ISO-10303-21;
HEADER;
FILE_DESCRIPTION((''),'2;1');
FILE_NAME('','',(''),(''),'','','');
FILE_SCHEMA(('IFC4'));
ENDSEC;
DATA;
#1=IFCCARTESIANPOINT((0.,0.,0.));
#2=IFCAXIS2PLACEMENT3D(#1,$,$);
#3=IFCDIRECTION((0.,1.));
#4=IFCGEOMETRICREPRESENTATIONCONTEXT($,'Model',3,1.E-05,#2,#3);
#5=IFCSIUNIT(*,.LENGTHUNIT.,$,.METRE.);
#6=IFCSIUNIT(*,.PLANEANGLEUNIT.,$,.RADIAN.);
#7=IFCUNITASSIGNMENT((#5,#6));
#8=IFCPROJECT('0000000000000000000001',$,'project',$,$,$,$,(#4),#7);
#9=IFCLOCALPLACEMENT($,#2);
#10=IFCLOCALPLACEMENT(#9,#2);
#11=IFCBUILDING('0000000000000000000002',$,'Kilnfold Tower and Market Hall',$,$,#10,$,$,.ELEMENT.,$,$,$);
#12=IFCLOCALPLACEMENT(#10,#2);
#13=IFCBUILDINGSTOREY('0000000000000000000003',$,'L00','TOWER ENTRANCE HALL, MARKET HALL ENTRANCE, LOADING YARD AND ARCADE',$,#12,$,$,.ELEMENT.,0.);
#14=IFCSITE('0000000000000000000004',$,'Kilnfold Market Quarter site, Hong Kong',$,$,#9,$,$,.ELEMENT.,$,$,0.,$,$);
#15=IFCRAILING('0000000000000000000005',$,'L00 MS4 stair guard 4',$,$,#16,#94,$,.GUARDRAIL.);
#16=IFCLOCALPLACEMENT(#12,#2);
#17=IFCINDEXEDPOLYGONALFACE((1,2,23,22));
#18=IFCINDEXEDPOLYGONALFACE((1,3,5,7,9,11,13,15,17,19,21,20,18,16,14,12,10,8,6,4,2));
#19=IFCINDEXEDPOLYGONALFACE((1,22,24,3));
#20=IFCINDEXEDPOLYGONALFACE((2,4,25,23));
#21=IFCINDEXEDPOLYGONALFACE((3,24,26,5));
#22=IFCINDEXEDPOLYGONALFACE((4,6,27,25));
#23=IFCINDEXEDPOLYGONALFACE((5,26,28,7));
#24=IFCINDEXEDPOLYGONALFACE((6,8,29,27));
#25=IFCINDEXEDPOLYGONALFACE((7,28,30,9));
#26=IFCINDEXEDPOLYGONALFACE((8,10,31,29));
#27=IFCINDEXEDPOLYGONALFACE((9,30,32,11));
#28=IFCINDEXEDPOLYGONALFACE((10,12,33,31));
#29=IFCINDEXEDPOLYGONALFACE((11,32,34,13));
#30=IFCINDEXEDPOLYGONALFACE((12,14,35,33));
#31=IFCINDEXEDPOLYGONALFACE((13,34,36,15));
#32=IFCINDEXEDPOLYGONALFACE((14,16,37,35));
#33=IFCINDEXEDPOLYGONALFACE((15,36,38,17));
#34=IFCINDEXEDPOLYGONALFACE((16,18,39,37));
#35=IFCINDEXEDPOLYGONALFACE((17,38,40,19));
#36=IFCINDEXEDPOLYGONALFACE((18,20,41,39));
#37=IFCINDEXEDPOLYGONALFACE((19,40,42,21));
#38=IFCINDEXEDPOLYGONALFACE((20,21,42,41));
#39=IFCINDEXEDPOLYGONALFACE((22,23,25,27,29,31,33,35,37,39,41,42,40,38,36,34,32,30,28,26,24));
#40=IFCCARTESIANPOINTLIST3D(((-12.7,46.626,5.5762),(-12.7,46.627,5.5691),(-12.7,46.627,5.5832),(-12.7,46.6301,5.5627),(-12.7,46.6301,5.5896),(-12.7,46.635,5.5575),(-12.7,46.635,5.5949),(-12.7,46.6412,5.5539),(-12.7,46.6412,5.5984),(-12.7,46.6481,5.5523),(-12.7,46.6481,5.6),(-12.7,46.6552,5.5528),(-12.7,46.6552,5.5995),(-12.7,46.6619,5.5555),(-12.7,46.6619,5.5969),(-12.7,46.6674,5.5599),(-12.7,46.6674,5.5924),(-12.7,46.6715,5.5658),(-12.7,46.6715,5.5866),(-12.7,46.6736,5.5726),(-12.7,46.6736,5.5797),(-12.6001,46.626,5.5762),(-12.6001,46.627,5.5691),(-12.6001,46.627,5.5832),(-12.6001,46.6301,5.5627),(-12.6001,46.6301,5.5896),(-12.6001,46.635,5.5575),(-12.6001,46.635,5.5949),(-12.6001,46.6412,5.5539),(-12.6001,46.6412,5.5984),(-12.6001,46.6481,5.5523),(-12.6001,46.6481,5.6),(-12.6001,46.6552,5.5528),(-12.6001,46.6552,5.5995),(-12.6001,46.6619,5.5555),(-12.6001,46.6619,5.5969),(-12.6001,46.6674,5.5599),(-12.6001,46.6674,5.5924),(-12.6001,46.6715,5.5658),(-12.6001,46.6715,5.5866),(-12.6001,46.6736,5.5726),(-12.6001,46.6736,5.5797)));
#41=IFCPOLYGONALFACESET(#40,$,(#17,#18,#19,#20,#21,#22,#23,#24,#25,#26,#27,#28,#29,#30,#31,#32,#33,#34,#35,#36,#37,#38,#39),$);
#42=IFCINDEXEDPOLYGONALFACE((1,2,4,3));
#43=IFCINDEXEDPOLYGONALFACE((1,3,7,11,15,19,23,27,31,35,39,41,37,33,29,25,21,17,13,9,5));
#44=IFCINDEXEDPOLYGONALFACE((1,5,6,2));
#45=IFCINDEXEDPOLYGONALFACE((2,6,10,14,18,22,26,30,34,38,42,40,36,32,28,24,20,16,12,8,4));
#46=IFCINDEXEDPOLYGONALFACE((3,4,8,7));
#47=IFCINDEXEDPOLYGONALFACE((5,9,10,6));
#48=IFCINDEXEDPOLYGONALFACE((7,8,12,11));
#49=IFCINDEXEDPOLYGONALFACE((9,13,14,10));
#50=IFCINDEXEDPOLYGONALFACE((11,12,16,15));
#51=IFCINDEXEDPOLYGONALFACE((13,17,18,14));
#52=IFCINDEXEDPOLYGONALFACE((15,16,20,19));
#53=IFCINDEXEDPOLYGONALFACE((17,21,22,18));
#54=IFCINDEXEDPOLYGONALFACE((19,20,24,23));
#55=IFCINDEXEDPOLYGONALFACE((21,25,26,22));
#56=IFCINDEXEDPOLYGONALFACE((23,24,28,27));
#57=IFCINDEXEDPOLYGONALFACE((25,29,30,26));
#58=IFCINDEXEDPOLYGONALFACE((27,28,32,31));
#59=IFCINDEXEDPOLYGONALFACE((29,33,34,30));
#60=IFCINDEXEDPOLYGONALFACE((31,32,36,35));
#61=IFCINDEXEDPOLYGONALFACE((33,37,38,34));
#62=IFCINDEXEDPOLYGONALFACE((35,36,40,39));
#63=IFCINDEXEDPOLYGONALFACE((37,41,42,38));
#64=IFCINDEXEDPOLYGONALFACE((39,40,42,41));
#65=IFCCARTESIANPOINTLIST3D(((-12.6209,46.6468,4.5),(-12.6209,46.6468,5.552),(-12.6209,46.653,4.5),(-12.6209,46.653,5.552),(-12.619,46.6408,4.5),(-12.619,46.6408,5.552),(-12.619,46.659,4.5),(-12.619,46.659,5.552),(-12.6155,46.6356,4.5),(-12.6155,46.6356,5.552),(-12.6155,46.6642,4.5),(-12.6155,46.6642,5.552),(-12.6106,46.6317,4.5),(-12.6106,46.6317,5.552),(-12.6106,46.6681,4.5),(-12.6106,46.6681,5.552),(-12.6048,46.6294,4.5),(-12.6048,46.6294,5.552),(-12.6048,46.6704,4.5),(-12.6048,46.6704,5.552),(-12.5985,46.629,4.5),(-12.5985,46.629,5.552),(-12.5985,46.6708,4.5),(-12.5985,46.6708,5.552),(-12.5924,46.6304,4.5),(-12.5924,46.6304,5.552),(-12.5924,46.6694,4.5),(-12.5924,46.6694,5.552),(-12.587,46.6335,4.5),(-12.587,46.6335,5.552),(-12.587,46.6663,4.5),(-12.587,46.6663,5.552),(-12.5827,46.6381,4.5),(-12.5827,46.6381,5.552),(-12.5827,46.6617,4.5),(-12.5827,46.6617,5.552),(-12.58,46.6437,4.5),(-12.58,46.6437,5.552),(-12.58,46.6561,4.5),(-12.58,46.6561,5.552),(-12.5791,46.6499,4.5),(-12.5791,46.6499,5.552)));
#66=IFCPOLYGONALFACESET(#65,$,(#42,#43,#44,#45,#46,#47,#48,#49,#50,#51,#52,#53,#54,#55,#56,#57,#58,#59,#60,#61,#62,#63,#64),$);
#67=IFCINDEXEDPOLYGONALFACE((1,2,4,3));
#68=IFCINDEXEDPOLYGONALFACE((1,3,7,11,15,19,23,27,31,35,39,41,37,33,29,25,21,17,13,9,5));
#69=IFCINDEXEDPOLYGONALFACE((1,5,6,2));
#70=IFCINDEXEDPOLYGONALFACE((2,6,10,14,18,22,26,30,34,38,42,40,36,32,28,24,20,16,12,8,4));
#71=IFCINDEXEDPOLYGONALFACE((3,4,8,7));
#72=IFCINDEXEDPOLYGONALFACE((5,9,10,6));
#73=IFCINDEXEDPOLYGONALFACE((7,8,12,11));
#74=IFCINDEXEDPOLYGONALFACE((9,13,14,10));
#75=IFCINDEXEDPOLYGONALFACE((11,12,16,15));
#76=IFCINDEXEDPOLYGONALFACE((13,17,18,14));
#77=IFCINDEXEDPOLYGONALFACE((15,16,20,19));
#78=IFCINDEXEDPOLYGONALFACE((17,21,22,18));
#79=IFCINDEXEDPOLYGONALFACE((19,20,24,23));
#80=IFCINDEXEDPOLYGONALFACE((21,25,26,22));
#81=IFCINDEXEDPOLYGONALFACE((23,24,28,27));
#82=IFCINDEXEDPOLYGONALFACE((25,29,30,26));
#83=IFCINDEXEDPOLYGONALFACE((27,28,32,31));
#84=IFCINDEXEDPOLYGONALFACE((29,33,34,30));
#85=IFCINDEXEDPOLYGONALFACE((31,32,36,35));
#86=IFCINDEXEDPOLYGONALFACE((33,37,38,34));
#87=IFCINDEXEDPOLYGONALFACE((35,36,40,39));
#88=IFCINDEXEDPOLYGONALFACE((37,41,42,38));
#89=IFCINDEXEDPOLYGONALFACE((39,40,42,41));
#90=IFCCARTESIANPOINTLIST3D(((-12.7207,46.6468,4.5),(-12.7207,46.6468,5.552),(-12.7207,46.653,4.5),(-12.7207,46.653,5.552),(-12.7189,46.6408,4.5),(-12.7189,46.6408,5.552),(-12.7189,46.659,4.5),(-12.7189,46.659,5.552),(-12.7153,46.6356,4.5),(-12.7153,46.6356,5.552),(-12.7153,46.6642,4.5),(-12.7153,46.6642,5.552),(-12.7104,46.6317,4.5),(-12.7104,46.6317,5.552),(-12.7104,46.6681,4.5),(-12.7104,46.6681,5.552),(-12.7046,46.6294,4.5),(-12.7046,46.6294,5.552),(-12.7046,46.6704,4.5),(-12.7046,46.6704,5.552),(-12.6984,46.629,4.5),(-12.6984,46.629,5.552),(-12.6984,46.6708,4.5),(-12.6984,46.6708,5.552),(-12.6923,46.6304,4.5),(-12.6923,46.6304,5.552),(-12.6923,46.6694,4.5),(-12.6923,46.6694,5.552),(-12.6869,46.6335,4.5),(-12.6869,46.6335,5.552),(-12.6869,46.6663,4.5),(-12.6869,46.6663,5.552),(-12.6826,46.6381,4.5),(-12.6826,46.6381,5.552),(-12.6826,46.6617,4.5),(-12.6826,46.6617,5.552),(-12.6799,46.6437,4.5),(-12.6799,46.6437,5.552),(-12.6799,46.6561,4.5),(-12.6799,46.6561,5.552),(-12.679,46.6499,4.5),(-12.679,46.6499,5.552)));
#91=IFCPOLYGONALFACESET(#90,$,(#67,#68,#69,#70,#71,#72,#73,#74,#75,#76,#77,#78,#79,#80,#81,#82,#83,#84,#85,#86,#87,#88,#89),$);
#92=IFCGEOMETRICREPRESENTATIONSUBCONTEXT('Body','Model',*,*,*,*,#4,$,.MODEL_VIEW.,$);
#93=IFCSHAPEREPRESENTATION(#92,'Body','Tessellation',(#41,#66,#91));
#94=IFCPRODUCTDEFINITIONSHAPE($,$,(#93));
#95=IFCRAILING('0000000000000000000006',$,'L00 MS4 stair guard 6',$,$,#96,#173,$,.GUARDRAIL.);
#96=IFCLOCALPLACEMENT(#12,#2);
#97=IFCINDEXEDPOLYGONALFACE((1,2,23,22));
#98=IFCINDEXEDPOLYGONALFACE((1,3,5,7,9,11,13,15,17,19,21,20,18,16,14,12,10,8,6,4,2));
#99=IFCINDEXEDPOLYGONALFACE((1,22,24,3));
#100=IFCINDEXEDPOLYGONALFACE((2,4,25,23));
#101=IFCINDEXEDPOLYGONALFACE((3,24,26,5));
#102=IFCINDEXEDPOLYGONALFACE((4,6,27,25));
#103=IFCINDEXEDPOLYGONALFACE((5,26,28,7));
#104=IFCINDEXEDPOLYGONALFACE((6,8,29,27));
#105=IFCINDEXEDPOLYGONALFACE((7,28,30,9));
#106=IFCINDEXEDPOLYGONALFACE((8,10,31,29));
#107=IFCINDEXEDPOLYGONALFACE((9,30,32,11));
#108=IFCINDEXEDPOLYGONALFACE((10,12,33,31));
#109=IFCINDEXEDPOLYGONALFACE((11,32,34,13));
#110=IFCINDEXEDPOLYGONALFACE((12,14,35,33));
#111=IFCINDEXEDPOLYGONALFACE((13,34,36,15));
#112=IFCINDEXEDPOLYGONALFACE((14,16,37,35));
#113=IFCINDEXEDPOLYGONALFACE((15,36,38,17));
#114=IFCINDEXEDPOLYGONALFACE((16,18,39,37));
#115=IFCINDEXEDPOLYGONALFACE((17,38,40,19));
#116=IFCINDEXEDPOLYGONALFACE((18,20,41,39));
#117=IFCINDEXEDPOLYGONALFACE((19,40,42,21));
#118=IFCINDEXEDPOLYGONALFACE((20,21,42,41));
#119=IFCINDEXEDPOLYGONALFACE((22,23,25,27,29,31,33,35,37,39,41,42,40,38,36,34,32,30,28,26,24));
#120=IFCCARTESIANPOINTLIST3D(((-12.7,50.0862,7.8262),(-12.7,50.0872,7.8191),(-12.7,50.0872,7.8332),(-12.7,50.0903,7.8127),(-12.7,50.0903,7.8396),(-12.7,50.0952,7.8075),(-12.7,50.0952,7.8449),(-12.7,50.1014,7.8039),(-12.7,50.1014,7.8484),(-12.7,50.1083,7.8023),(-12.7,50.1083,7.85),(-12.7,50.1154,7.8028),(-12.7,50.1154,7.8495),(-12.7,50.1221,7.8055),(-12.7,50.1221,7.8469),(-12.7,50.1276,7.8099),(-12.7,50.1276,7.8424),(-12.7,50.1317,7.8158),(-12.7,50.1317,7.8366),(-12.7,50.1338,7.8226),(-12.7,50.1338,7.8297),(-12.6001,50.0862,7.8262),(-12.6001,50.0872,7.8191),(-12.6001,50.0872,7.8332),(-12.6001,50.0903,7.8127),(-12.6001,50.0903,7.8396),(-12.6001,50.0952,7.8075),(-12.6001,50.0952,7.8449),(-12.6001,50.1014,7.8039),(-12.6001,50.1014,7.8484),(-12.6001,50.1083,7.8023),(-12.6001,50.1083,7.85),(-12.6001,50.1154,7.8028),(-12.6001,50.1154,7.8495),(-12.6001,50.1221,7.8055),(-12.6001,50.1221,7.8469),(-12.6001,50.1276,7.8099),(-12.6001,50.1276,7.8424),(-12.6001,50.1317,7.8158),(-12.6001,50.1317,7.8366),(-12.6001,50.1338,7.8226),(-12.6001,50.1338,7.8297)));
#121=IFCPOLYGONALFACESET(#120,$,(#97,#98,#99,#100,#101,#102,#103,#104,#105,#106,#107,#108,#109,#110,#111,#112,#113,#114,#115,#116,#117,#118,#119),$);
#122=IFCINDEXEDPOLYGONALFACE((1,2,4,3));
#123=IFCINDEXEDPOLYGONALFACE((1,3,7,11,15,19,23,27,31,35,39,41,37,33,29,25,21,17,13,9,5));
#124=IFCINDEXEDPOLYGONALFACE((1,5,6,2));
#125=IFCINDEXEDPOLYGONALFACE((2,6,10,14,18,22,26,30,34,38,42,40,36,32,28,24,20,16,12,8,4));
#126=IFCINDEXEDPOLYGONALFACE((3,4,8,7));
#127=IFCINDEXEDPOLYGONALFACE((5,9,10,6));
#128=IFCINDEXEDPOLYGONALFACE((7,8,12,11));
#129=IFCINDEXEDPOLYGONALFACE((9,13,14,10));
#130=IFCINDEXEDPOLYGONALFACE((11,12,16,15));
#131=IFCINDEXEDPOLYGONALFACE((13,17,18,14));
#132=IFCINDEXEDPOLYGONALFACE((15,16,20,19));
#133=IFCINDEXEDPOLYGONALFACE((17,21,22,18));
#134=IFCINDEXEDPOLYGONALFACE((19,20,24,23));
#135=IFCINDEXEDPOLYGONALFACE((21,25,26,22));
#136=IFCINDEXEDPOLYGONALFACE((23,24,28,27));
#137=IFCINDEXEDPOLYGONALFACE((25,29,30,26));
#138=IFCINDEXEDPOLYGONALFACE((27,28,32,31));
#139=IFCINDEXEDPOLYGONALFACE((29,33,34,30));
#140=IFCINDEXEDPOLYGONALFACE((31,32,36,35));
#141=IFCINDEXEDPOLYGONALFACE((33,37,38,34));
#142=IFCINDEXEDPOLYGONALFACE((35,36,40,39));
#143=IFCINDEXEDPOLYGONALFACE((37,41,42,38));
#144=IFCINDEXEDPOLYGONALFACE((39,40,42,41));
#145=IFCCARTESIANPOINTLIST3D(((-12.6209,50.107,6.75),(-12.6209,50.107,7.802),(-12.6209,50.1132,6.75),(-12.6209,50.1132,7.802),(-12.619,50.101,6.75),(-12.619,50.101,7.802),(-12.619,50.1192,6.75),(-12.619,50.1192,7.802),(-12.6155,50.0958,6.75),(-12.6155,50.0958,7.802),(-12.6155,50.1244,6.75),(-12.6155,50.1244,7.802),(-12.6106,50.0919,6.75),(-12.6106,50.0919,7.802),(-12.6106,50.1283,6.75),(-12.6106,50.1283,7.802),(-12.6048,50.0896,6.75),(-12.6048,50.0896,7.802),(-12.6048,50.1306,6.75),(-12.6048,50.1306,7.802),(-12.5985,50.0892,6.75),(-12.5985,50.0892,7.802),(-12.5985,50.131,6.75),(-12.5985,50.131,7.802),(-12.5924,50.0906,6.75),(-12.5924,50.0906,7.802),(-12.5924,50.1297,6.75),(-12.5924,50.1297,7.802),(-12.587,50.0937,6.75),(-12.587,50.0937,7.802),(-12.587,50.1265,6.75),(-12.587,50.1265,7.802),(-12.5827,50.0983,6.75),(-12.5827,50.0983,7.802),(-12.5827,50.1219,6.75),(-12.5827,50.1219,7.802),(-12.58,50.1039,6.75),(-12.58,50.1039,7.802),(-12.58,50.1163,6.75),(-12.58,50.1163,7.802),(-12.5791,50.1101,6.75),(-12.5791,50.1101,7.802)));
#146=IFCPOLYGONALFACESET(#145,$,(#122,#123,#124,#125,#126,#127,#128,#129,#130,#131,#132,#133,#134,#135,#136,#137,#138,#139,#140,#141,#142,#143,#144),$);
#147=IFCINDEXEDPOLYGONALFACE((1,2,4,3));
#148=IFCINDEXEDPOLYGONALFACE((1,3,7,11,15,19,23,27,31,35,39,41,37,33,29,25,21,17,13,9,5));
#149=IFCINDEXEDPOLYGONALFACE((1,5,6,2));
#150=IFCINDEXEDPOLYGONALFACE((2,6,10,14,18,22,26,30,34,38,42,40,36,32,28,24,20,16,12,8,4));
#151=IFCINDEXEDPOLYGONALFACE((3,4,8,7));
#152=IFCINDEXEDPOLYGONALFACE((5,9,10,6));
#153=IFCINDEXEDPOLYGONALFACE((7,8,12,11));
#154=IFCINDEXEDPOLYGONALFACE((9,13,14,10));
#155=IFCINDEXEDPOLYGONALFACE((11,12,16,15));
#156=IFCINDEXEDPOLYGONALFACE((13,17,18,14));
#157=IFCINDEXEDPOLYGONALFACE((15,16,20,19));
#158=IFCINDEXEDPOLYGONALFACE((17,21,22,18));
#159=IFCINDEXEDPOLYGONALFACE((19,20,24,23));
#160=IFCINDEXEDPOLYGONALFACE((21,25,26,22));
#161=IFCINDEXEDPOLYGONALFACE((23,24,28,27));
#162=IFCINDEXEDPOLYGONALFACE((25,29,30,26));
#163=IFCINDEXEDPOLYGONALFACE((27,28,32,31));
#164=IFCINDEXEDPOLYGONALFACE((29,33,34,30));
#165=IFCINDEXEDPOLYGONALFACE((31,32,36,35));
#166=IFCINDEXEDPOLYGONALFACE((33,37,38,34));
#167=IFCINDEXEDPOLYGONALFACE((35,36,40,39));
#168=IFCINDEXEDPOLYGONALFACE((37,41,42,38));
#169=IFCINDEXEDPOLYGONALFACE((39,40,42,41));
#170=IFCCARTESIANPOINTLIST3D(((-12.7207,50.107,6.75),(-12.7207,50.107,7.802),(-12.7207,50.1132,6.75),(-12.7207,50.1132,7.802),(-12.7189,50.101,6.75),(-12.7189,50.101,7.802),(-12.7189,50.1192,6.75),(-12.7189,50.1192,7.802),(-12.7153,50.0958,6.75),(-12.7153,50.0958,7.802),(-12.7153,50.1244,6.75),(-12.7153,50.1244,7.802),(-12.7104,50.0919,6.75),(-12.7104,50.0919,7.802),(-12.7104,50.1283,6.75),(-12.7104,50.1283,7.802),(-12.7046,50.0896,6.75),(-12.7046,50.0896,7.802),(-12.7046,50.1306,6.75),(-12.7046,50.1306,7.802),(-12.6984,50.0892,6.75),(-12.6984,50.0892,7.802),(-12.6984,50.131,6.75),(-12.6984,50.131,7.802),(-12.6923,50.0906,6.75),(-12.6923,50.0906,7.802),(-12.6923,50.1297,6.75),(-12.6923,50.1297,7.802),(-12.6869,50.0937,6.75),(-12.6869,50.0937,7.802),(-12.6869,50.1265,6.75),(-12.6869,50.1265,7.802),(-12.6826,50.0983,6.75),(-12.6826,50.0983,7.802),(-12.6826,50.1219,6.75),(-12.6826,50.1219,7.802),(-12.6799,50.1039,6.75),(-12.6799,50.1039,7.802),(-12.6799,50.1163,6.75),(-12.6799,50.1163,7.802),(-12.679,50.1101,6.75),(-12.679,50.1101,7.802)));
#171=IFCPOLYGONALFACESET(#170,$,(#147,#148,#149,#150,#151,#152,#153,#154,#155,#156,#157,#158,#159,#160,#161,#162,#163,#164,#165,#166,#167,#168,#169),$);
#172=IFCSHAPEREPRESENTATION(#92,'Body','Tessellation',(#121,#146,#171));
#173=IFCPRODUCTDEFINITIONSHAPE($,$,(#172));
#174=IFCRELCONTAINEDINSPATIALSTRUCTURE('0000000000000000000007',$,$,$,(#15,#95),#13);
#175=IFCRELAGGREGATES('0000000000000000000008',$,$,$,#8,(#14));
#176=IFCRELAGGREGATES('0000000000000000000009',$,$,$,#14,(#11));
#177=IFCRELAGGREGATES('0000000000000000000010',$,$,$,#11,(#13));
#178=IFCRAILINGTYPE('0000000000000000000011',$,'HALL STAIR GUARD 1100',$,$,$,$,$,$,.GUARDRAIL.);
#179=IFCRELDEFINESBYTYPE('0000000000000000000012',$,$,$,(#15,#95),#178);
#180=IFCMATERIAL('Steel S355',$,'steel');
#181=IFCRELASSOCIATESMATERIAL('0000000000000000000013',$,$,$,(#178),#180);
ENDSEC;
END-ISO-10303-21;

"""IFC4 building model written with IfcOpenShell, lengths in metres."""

from ifc_helpers import new_model, si_unit, direction, frame, origin, origin_2d, place, context, subcontext, project, spatial, circle, extrude, material, type_object, element, save


model = new_model("IFC4")

# Units and contexts
model_context = context("Model", 3, precision=1e-05, world=origin(), true_north=direction((0.0, 1.0)))
body_context = subcontext(model_context, "Body", "Model", "MODEL_VIEW")
ifc_project = project(units=[si_unit("LENGTHUNIT", "METRE"), si_unit("PLANEANGLEUNIT", "RADIAN")], contexts=[model_context])

# Site, building, storey
site_placement = place(None, origin())
site = spatial("IfcSite", under=ifc_project, at=site_placement, Name="Kilnfold Market Quarter site, Hong Kong", CompositionType="ELEMENT", RefElevation=0.0)
building_placement = place(site_placement, origin())
building = spatial("IfcBuilding", under=site, at=building_placement, Name="Kilnfold Tower and Market Hall", CompositionType="ELEMENT")
storey_placement = place(building_placement, origin())
storey = spatial("IfcBuildingStorey", under=building, at=storey_placement, Name="L00", Description="TOWER ENTRANCE HALL, MARKET HALL ENTRANCE, LOADING YARD AND ARCADE", CompositionType="ELEMENT", Elevation=0.0)

# Railings
ifc_material_1 = material(Name="Steel S355", Category="steel")
railing_type_1 = type_object("IfcRailingType", Name="HALL STAIR GUARD 1100", PredefinedType="GUARDRAIL", material=ifc_material_1)
for number, where, name in (
    (1, (-12.6001, 46.6499, 4.5), "L00 MS4 stair guard 4"),
    (2, (-12.6001, 50.1101, 6.75), "L00 MS4 stair guard 6"),
):
    element("IfcRailing", number, at=place(storey_placement, frame(where)), inside=storey, type_object=railing_type_1, Name=name, PredefinedType="GUARDRAIL", context=body_context, shape_type="SweptSolid", body=[
        extrude(circle(Radius=0.0239, at=origin_2d()), frame((0.0, 0.0, 1.0762), z_axis=(-1.0, 0.0, 0.0), x_axis=(0.0, -1.0, 0.0)), (0.0, 0.0, 1.0), 0.0999),
        extrude(circle(Radius=0.021, at=origin_2d()), origin(), (0.0, 0.0, 1.0), 1.052),
        extrude(circle(Radius=0.021, at=origin_2d()), frame((-0.0999, 0.0, 0.0)), (0.0, 0.0, 1.0), 1.052),
    ])

save(model, "model.ifc")
